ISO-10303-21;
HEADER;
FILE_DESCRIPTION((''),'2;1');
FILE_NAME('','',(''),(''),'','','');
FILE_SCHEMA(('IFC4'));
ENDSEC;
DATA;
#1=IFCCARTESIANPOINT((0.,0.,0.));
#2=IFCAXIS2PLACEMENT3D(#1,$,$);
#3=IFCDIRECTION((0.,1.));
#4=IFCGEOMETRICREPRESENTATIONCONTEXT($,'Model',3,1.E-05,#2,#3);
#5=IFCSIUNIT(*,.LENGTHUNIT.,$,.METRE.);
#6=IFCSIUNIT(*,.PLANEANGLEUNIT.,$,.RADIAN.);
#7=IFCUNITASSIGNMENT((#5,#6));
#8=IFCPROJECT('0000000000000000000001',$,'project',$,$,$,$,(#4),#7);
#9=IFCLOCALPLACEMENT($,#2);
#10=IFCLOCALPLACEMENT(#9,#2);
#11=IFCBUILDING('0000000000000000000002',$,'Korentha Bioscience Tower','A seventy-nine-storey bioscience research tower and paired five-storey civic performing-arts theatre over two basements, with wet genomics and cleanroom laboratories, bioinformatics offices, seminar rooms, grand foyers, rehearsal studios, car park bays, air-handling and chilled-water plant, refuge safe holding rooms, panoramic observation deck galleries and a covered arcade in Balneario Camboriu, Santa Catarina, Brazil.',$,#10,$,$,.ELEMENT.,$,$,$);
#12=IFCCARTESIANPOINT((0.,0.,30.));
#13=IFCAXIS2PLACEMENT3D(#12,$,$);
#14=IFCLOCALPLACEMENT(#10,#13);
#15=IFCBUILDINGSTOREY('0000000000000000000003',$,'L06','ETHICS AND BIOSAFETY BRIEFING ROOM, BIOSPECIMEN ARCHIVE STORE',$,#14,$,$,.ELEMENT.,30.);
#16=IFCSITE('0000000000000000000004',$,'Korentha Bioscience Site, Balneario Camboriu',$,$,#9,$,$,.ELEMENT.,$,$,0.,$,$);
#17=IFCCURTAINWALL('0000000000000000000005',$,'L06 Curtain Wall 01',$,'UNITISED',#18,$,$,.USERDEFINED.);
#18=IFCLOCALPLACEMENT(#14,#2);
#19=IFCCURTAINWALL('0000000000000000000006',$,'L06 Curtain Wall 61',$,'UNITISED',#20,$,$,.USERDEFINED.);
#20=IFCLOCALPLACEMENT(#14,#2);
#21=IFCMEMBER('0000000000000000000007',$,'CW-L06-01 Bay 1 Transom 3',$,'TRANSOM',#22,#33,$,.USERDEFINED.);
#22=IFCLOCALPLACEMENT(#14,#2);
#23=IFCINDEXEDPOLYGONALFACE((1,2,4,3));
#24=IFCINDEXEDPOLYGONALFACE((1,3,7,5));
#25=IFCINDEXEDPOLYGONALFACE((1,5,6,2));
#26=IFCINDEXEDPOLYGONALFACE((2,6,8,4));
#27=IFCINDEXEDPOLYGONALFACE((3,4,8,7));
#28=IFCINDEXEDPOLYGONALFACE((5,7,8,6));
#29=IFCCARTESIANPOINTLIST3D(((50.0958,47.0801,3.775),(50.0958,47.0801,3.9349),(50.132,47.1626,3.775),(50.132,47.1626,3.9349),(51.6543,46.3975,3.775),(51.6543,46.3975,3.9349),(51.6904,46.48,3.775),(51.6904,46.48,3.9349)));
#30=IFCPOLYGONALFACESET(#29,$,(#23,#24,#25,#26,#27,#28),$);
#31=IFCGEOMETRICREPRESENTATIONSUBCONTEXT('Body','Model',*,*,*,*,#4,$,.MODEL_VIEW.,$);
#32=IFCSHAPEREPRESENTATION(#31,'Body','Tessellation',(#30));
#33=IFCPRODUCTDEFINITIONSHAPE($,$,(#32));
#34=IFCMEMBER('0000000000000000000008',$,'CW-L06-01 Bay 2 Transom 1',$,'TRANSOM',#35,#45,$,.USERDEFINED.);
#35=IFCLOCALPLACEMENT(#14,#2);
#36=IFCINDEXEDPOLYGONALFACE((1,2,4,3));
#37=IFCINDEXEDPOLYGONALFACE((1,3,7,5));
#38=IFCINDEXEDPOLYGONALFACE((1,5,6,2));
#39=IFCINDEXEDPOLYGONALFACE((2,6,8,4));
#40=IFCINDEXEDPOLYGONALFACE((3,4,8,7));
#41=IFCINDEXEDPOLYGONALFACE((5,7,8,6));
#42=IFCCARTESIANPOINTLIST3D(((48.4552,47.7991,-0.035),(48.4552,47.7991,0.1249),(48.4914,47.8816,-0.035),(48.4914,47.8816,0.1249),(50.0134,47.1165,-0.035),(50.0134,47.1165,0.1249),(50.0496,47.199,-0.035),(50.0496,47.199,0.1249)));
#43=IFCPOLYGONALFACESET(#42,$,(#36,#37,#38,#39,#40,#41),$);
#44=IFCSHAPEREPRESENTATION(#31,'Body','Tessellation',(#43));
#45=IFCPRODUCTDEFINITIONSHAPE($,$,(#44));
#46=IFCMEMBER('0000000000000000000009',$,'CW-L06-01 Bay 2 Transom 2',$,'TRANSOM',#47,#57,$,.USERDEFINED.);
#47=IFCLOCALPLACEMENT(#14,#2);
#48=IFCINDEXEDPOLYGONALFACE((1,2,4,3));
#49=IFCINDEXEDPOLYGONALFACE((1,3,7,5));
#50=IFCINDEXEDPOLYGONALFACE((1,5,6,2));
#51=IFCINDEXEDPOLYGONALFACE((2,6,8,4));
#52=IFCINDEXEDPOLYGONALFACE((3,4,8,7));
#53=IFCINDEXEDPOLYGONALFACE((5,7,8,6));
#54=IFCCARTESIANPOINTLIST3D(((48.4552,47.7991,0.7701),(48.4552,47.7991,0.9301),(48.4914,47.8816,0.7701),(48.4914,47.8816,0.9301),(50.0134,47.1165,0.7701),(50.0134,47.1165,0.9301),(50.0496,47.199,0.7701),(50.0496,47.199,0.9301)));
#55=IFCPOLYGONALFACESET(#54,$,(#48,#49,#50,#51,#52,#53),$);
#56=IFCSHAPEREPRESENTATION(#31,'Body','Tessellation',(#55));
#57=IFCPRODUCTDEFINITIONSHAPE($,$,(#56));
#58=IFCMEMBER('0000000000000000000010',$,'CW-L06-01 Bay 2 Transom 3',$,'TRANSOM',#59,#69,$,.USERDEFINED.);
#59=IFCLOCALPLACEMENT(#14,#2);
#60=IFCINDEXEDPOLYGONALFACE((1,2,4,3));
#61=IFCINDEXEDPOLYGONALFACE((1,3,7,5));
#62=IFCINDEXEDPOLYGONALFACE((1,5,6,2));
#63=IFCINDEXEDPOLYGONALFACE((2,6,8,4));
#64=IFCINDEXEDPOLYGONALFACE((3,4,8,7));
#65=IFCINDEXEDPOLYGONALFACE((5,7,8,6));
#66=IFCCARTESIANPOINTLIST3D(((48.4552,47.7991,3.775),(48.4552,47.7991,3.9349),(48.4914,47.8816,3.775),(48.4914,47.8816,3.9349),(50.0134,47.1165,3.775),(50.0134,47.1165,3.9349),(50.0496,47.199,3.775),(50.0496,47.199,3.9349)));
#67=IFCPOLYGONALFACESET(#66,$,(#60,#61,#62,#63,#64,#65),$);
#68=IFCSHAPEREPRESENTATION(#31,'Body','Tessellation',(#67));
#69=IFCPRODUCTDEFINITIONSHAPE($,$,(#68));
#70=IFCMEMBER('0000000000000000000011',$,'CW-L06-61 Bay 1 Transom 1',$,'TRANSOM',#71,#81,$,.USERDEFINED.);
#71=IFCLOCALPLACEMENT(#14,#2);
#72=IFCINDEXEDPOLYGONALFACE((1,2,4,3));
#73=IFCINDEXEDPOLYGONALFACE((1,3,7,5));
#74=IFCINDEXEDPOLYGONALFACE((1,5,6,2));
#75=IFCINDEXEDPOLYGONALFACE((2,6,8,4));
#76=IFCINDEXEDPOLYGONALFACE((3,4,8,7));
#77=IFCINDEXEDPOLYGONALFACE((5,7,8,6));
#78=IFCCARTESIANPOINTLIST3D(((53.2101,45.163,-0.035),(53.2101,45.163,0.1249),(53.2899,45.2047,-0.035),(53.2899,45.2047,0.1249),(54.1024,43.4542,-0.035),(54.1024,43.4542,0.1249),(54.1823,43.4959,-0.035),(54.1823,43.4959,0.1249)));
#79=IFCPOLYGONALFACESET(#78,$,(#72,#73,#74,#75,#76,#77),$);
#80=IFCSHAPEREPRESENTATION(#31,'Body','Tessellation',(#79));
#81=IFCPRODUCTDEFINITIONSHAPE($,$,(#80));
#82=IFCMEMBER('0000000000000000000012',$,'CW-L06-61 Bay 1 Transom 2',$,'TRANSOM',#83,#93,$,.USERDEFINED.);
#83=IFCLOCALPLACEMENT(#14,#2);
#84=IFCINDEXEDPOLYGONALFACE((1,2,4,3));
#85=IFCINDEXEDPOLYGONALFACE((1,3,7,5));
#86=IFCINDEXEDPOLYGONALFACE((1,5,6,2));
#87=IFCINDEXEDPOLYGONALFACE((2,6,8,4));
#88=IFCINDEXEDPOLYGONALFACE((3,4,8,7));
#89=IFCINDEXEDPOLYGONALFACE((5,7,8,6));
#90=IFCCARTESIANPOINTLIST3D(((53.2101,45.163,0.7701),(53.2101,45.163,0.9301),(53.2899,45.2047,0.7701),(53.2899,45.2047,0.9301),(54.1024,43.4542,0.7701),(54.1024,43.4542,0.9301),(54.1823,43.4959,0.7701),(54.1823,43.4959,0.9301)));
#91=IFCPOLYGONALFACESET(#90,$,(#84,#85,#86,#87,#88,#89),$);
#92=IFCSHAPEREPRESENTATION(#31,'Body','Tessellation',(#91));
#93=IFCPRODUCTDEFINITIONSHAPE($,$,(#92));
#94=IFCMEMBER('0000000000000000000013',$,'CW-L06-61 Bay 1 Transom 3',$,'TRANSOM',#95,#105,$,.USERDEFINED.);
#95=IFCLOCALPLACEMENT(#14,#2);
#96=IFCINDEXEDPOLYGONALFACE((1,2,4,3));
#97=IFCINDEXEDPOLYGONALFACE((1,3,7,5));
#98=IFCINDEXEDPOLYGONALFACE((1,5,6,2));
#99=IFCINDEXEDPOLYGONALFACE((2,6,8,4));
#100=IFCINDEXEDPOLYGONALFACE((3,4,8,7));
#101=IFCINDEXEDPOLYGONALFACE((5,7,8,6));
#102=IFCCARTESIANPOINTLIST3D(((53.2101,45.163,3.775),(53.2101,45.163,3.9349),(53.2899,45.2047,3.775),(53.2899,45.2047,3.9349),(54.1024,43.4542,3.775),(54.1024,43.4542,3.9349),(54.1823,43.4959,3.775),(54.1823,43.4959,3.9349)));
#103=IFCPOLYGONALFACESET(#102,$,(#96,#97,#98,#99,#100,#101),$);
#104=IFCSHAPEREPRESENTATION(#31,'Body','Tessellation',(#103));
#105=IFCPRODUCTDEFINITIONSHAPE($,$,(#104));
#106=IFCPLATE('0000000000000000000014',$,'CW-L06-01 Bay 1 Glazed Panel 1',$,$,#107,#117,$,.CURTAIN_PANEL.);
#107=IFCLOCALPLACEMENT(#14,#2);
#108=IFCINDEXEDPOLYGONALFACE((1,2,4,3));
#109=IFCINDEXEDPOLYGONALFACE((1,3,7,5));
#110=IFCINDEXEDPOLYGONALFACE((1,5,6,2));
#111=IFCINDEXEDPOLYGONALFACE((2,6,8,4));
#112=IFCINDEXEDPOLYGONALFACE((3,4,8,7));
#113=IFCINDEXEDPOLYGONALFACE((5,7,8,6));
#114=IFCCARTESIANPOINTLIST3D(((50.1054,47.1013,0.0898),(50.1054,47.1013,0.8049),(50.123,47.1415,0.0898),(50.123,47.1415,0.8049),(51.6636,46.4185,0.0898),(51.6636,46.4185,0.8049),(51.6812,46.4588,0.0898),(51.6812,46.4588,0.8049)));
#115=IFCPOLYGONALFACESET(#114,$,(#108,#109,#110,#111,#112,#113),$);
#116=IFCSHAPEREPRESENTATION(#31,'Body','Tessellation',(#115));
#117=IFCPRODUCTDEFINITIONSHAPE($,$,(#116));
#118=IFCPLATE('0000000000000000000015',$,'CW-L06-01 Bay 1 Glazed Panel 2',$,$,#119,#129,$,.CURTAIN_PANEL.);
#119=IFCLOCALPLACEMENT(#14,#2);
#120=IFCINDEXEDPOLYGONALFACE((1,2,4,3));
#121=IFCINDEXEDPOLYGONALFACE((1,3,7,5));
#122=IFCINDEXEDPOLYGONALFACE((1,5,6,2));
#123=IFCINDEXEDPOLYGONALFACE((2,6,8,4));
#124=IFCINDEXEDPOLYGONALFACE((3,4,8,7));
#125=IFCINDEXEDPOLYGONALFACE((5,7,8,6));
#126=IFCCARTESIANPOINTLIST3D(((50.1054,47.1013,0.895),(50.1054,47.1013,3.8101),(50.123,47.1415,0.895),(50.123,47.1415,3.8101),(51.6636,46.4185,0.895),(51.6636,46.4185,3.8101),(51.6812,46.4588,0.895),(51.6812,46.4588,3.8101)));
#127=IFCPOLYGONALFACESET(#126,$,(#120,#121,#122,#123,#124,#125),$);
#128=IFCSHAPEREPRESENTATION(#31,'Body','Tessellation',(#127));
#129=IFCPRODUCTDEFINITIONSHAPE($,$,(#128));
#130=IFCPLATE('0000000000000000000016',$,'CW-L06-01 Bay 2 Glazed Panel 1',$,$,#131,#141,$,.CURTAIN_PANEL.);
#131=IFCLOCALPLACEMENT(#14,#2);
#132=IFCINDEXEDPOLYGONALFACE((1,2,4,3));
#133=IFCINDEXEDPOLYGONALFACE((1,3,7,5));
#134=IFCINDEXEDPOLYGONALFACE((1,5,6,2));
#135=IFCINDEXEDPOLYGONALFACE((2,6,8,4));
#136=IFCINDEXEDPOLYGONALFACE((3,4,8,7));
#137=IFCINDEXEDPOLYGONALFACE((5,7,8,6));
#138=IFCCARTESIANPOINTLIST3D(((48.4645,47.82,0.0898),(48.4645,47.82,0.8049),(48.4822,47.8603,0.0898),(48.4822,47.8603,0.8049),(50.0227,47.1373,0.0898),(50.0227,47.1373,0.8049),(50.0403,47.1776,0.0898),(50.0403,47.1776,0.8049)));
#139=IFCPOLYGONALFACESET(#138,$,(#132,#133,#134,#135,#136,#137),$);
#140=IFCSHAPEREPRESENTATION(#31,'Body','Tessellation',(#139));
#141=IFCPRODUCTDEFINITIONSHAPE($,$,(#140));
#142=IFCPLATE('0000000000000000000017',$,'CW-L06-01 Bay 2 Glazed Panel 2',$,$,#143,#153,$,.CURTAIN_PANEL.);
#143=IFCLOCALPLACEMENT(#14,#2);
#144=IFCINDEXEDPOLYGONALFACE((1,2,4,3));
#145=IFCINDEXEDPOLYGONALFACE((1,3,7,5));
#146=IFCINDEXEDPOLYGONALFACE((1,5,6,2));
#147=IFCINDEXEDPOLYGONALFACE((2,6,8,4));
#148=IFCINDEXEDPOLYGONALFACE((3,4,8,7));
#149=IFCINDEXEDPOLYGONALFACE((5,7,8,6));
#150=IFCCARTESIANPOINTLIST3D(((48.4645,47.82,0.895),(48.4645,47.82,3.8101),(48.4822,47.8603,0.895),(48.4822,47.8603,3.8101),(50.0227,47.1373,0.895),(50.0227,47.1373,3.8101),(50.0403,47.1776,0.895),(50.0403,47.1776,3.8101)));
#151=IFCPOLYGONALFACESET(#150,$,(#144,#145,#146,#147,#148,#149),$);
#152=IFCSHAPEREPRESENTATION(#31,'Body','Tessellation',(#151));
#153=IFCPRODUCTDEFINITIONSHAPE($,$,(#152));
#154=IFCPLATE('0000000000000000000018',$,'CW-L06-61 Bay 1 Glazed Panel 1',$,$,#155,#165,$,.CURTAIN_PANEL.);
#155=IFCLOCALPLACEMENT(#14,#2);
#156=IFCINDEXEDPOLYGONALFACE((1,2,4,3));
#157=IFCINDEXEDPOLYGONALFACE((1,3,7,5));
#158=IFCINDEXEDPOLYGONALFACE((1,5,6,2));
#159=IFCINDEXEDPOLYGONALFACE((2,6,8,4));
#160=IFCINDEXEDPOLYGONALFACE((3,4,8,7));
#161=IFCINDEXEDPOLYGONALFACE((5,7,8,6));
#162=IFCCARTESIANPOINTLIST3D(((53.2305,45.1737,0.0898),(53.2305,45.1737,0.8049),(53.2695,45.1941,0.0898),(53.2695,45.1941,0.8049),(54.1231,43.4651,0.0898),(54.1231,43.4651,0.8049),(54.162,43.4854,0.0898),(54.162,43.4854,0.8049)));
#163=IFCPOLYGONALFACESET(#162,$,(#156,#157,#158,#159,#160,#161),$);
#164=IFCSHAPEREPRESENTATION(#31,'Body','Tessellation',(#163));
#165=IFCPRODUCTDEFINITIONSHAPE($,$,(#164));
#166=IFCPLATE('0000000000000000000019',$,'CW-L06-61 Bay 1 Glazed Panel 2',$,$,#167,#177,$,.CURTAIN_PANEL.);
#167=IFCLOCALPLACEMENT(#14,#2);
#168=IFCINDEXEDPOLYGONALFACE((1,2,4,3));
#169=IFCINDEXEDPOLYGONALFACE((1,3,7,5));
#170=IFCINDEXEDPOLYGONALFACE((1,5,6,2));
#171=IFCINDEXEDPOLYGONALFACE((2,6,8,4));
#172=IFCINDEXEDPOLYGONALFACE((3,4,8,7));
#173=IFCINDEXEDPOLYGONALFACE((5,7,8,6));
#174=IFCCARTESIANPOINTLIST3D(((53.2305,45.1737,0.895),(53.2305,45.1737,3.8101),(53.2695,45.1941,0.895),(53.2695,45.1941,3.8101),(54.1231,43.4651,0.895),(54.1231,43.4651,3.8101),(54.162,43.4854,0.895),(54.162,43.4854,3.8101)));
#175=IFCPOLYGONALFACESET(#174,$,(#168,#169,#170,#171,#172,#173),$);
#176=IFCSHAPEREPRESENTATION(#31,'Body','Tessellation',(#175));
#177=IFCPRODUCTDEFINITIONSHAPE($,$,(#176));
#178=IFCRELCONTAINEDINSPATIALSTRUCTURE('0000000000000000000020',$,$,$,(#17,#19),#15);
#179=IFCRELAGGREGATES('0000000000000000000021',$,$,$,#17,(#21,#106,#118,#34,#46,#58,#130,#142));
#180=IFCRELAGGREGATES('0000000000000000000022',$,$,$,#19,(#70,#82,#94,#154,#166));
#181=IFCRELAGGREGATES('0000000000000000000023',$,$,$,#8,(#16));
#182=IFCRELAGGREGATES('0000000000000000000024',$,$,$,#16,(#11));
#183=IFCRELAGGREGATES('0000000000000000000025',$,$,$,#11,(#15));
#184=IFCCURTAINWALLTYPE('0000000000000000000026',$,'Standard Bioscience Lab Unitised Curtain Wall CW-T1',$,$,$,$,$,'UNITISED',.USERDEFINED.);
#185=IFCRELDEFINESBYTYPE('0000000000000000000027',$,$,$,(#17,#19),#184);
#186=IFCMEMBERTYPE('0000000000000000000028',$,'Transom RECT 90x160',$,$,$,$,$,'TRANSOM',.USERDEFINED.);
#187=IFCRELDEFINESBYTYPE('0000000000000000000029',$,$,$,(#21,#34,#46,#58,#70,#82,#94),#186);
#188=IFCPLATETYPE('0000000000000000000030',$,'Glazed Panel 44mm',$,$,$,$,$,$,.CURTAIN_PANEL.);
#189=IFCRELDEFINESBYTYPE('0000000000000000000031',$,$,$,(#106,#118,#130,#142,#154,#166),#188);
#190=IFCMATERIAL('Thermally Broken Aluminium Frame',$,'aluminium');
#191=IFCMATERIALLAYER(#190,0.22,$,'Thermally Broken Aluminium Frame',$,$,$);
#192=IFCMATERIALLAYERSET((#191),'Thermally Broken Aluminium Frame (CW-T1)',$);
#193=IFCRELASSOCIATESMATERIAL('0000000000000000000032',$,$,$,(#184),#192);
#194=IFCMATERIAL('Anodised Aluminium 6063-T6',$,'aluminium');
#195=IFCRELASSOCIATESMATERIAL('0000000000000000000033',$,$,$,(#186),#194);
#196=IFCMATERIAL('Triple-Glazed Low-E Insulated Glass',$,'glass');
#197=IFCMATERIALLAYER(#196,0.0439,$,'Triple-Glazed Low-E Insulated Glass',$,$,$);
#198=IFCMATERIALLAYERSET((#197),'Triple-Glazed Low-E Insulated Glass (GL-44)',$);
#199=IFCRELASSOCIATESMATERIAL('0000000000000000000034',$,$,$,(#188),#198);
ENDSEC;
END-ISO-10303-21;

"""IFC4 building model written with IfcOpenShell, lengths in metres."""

from ifc_helpers import new_model, si_unit, direction, frame, origin, origin_2d, place, context, subcontext, project, spatial, rectangle, extrude, material, layer, layer_set, material_profile, profile_set, type_object, element, aggregate, save


model = new_model("IFC4")

# Units and contexts
model_context = context("Model", 3, precision=1e-05, world=origin(), true_north=direction((0.0, 1.0)))
body_context = subcontext(model_context, "Body", "Model", "MODEL_VIEW")
ifc_project = project(units=[si_unit("LENGTHUNIT", "METRE"), si_unit("PLANEANGLEUNIT", "RADIAN")], contexts=[model_context])

# Site, building, storey
site_placement = place(None, origin())
site = spatial("IfcSite", under=ifc_project, at=site_placement, Name="Korentha Bioscience Site, Balneario Camboriu", CompositionType="ELEMENT", RefElevation=0.0)
building_placement = place(site_placement, origin())
building = spatial("IfcBuilding", under=site, at=building_placement, Name="Korentha Bioscience Tower", Description="A seventy-nine-storey bioscience research tower and paired five-storey civic performing-arts theatre over two basements, with wet genomics and cleanroom laboratories, bioinformatics offices, seminar rooms, grand foyers, rehearsal studios, car park bays, air-handling and chilled-water plant, refuge safe holding rooms, panoramic observation deck galleries and a covered arcade in Balneario Camboriu, Santa Catarina, Brazil.", CompositionType="ELEMENT")
storey_placement = place(building_placement, frame((0.0, 0.0, 30.0)))
storey = spatial("IfcBuildingStorey", under=building, at=storey_placement, Name="L06", Description="ETHICS AND BIOSAFETY BRIEFING ROOM, BIOSPECIMEN ARCHIVE STORE", CompositionType="ELEMENT", Elevation=30.0)

# Curtain walls
ifc_material_1 = material(Name="Thermally Broken Aluminium Frame", Category="aluminium")
ifc_layer_1 = layer(ifc_material_1, 0.22, Name="Thermally Broken Aluminium Frame")
ifc_layer_set_1 = layer_set([ifc_layer_1], Name="Thermally Broken Aluminium Frame (CW-T1)")
curtain_wall_type = type_object("IfcCurtainWallType", Name="Standard Bioscience Lab Unitised Curtain Wall CW-T1", ElementType="UNITISED", PredefinedType="USERDEFINED", material=ifc_layer_set_1)
curtain_wall_1_placement = place(storey_placement, origin())
curtain_wall_1 = element("IfcCurtainWall", 1, at=curtain_wall_1_placement, inside=storey, type_object=curtain_wall_type, Name="L06 Curtain Wall 01", ObjectType="UNITISED", PredefinedType="USERDEFINED")
ifc_material_2 = material(Name="Anodised Aluminium 6063-T6", Category="aluminium")
curtain_wall_2_placement = place(storey_placement, origin())
curtain_wall_2 = element("IfcCurtainWall", 2, at=curtain_wall_2_placement, inside=storey, type_object=curtain_wall_type, Name="L06 Curtain Wall 61", ObjectType="UNITISED", PredefinedType="USERDEFINED")

# Members
ifc_material_profile_1 = material_profile(ifc_material_2, rectangle(XDim=0.0901, YDim=0.1599, at=origin_2d()), Name="Anodised Aluminium 6063-T6")
ifc_profile_set_1 = profile_set([ifc_material_profile_1], Name="Anodised Aluminium 6063-T6 (CW-TRN)")
member_type_1 = type_object("IfcMemberType", Name="Transom RECT 90x160", ElementType="TRANSOM", PredefinedType="USERDEFINED", material=ifc_profile_set_1)
member_1_placement = place(storey_placement, frame((51.6724, 46.4387, 3.855), z_axis=(-0.915976, 0.401233, 0.0), x_axis=(-0.401233, -0.915976, 0.0)))
member_1 = element("IfcMember", 3, at=member_1_placement, type_object=member_type_1, Name="CW-L06-01 Bay 1 Transom 3", ObjectType="TRANSOM", PredefinedType="USERDEFINED", context=body_context, shape_type="SweptSolid", body=[
    extrude(rectangle(XDim=0.0901, YDim=0.1599, at=origin_2d()), origin(), (0.0, 0.0, 1.0), 1.7014),
])
member_2_placement = place(storey_placement, frame((50.0315, 47.1577, 0.0449), z_axis=(-0.915953, 0.401286, 0.0), x_axis=(-0.401286, -0.915953, 0.0)))
member_2 = element("IfcMember", 4, at=member_2_placement, type_object=member_type_1, Name="CW-L06-01 Bay 2 Transom 1", ObjectType="TRANSOM", PredefinedType="USERDEFINED", context=body_context, shape_type="SweptSolid", body=[
    extrude(rectangle(XDim=0.0901, YDim=0.1599, at=origin_2d()), origin(), (0.0, 0.0, 1.0), 1.7012),
])
member_3_placement = place(storey_placement, frame((50.0315, 47.1577, 0.8501), z_axis=(-0.915953, 0.401286, 0.0), x_axis=(-0.401286, -0.915953, 0.0)))
member_3 = element("IfcMember", 5, at=member_3_placement, type_object=member_type_1, Name="CW-L06-01 Bay 2 Transom 2", ObjectType="TRANSOM", PredefinedType="USERDEFINED", context=body_context, shape_type="SweptSolid", body=[
    extrude(rectangle(XDim=0.0901, YDim=0.1599, at=origin_2d()), origin(), (0.0, 0.0, 1.0), 1.7012),
])
member_4_placement = place(storey_placement, frame((50.0315, 47.1577, 3.855), z_axis=(-0.915953, 0.401286, 0.0), x_axis=(-0.401286, -0.915953, 0.0)))
member_4 = element("IfcMember", 6, at=member_4_placement, type_object=member_type_1, Name="CW-L06-01 Bay 2 Transom 3", ObjectType="TRANSOM", PredefinedType="USERDEFINED", context=body_context, shape_type="SweptSolid", body=[
    extrude(rectangle(XDim=0.0901, YDim=0.1599, at=origin_2d()), origin(), (0.0, 0.0, 1.0), 1.7012),
])
member_5_placement = place(storey_placement, frame((54.1423, 43.4751, 0.0449), z_axis=(-0.462899, 0.886411, 0.0), x_axis=(-0.886411, -0.462899, 0.0)))
member_5 = element("IfcMember", 7, at=member_5_placement, type_object=member_type_1, Name="CW-L06-61 Bay 1 Transom 1", ObjectType="TRANSOM", PredefinedType="USERDEFINED", context=body_context, shape_type="SweptSolid", body=[
    extrude(rectangle(XDim=0.0901, YDim=0.1599, at=origin_2d()), origin(), (0.0, 0.0, 1.0), 1.9277),
])
member_6_placement = place(storey_placement, frame((54.1423, 43.4751, 0.8501), z_axis=(-0.462899, 0.886411, 0.0), x_axis=(-0.886411, -0.462899, 0.0)))
member_6 = element("IfcMember", 8, at=member_6_placement, type_object=member_type_1, Name="CW-L06-61 Bay 1 Transom 2", ObjectType="TRANSOM", PredefinedType="USERDEFINED", context=body_context, shape_type="SweptSolid", body=[
    extrude(rectangle(XDim=0.0901, YDim=0.1599, at=origin_2d()), origin(), (0.0, 0.0, 1.0), 1.9277),
])
member_7_placement = place(storey_placement, frame((54.1423, 43.4751, 3.855), z_axis=(-0.462899, 0.886411, 0.0), x_axis=(-0.886411, -0.462899, 0.0)))
member_7 = element("IfcMember", 9, at=member_7_placement, type_object=member_type_1, Name="CW-L06-61 Bay 1 Transom 3", ObjectType="TRANSOM", PredefinedType="USERDEFINED", context=body_context, shape_type="SweptSolid", body=[
    extrude(rectangle(XDim=0.0901, YDim=0.1599, at=origin_2d()), origin(), (0.0, 0.0, 1.0), 1.9277),
])

# Plates
ifc_material_3 = material(Name="Triple-Glazed Low-E Insulated Glass", Category="glass")
ifc_layer_2 = layer(ifc_material_3, 0.0439, Name="Triple-Glazed Low-E Insulated Glass")
ifc_layer_set_2 = layer_set([ifc_layer_2], Name="Triple-Glazed Low-E Insulated Glass (GL-44)")
plate_type = type_object("IfcPlateType", Name="Glazed Panel 44mm", PredefinedType="CURTAIN_PANEL", material=ifc_layer_set_2)
plate_1_placement = place(storey_placement, frame((50.8933, 46.78, 0.0898), z_axis=(0.0, 0.0, 1.0), x_axis=(-0.915939, 0.401317, 0.0)))
plate_1 = element("IfcPlate", 10, at=plate_1_placement, type_object=plate_type, Name="CW-L06-01 Bay 1 Glazed Panel 1", PredefinedType="CURTAIN_PANEL", context=body_context, shape_type="SweptSolid", body=[
    extrude(rectangle(XDim=1.7012, YDim=0.0439, at=origin_2d()), origin(), (0.0, 0.0, 1.0), 0.7151),
])
plate_2_placement = place(storey_placement, frame((50.8933, 46.78, 0.895), z_axis=(0.0, 0.0, 1.0), x_axis=(-0.915939, 0.401317, 0.0)))
plate_2 = element("IfcPlate", 11, at=plate_2_placement, type_object=plate_type, Name="CW-L06-01 Bay 1 Glazed Panel 2", PredefinedType="CURTAIN_PANEL", context=body_context, shape_type="SweptSolid", body=[
    extrude(rectangle(XDim=1.7012, YDim=0.0439, at=origin_2d()), origin(), (0.0, 0.0, 1.0), 2.915),
])
plate_3_placement = place(storey_placement, frame((49.2524, 47.4988, 0.0898), z_axis=(0.0, 0.0, 1.0), x_axis=(-0.915939, 0.401317, 0.0)))
plate_3 = element("IfcPlate", 12, at=plate_3_placement, type_object=plate_type, Name="CW-L06-01 Bay 2 Glazed Panel 1", PredefinedType="CURTAIN_PANEL", context=body_context, shape_type="SweptSolid", body=[
    extrude(rectangle(XDim=1.7012, YDim=0.0439, at=origin_2d()), origin(), (0.0, 0.0, 1.0), 0.7151),
])
plate_4_placement = place(storey_placement, frame((49.2524, 47.4988, 0.895), z_axis=(0.0, 0.0, 1.0), x_axis=(-0.915939, 0.401317, 0.0)))
plate_4 = element("IfcPlate", 13, at=plate_4_placement, type_object=plate_type, Name="CW-L06-01 Bay 2 Glazed Panel 2", PredefinedType="CURTAIN_PANEL", context=body_context, shape_type="SweptSolid", body=[
    extrude(rectangle(XDim=1.7012, YDim=0.0439, at=origin_2d()), origin(), (0.0, 0.0, 1.0), 2.915),
])
aggregate(curtain_wall_1, [member_1, plate_1, plate_2, member_2, member_3, member_4, plate_3, plate_4])
plate_5_placement = place(storey_placement, frame((53.6963, 44.3296, 0.0898), z_axis=(0.0, 0.0, 1.0), x_axis=(-0.463009, 0.886354, 0.0)))
plate_5 = element("IfcPlate", 14, at=plate_5_placement, type_object=plate_type, Name="CW-L06-61 Bay 1 Glazed Panel 1", PredefinedType="CURTAIN_PANEL", context=body_context, shape_type="SweptSolid", body=[
    extrude(rectangle(XDim=1.9277, YDim=0.0439, at=origin_2d()), origin(), (0.0, 0.0, 1.0), 0.7151),
])
plate_6_placement = place(storey_placement, frame((53.6963, 44.3296, 0.895), z_axis=(0.0, 0.0, 1.0), x_axis=(-0.463009, 0.886354, 0.0)))
plate_6 = element("IfcPlate", 15, at=plate_6_placement, type_object=plate_type, Name="CW-L06-61 Bay 1 Glazed Panel 2", PredefinedType="CURTAIN_PANEL", context=body_context, shape_type="SweptSolid", body=[
    extrude(rectangle(XDim=1.9277, YDim=0.0439, at=origin_2d()), origin(), (0.0, 0.0, 1.0), 2.915),
])
aggregate(curtain_wall_2, [member_5, member_6, member_7, plate_5, plate_6])

save(model, "model.ifc")
